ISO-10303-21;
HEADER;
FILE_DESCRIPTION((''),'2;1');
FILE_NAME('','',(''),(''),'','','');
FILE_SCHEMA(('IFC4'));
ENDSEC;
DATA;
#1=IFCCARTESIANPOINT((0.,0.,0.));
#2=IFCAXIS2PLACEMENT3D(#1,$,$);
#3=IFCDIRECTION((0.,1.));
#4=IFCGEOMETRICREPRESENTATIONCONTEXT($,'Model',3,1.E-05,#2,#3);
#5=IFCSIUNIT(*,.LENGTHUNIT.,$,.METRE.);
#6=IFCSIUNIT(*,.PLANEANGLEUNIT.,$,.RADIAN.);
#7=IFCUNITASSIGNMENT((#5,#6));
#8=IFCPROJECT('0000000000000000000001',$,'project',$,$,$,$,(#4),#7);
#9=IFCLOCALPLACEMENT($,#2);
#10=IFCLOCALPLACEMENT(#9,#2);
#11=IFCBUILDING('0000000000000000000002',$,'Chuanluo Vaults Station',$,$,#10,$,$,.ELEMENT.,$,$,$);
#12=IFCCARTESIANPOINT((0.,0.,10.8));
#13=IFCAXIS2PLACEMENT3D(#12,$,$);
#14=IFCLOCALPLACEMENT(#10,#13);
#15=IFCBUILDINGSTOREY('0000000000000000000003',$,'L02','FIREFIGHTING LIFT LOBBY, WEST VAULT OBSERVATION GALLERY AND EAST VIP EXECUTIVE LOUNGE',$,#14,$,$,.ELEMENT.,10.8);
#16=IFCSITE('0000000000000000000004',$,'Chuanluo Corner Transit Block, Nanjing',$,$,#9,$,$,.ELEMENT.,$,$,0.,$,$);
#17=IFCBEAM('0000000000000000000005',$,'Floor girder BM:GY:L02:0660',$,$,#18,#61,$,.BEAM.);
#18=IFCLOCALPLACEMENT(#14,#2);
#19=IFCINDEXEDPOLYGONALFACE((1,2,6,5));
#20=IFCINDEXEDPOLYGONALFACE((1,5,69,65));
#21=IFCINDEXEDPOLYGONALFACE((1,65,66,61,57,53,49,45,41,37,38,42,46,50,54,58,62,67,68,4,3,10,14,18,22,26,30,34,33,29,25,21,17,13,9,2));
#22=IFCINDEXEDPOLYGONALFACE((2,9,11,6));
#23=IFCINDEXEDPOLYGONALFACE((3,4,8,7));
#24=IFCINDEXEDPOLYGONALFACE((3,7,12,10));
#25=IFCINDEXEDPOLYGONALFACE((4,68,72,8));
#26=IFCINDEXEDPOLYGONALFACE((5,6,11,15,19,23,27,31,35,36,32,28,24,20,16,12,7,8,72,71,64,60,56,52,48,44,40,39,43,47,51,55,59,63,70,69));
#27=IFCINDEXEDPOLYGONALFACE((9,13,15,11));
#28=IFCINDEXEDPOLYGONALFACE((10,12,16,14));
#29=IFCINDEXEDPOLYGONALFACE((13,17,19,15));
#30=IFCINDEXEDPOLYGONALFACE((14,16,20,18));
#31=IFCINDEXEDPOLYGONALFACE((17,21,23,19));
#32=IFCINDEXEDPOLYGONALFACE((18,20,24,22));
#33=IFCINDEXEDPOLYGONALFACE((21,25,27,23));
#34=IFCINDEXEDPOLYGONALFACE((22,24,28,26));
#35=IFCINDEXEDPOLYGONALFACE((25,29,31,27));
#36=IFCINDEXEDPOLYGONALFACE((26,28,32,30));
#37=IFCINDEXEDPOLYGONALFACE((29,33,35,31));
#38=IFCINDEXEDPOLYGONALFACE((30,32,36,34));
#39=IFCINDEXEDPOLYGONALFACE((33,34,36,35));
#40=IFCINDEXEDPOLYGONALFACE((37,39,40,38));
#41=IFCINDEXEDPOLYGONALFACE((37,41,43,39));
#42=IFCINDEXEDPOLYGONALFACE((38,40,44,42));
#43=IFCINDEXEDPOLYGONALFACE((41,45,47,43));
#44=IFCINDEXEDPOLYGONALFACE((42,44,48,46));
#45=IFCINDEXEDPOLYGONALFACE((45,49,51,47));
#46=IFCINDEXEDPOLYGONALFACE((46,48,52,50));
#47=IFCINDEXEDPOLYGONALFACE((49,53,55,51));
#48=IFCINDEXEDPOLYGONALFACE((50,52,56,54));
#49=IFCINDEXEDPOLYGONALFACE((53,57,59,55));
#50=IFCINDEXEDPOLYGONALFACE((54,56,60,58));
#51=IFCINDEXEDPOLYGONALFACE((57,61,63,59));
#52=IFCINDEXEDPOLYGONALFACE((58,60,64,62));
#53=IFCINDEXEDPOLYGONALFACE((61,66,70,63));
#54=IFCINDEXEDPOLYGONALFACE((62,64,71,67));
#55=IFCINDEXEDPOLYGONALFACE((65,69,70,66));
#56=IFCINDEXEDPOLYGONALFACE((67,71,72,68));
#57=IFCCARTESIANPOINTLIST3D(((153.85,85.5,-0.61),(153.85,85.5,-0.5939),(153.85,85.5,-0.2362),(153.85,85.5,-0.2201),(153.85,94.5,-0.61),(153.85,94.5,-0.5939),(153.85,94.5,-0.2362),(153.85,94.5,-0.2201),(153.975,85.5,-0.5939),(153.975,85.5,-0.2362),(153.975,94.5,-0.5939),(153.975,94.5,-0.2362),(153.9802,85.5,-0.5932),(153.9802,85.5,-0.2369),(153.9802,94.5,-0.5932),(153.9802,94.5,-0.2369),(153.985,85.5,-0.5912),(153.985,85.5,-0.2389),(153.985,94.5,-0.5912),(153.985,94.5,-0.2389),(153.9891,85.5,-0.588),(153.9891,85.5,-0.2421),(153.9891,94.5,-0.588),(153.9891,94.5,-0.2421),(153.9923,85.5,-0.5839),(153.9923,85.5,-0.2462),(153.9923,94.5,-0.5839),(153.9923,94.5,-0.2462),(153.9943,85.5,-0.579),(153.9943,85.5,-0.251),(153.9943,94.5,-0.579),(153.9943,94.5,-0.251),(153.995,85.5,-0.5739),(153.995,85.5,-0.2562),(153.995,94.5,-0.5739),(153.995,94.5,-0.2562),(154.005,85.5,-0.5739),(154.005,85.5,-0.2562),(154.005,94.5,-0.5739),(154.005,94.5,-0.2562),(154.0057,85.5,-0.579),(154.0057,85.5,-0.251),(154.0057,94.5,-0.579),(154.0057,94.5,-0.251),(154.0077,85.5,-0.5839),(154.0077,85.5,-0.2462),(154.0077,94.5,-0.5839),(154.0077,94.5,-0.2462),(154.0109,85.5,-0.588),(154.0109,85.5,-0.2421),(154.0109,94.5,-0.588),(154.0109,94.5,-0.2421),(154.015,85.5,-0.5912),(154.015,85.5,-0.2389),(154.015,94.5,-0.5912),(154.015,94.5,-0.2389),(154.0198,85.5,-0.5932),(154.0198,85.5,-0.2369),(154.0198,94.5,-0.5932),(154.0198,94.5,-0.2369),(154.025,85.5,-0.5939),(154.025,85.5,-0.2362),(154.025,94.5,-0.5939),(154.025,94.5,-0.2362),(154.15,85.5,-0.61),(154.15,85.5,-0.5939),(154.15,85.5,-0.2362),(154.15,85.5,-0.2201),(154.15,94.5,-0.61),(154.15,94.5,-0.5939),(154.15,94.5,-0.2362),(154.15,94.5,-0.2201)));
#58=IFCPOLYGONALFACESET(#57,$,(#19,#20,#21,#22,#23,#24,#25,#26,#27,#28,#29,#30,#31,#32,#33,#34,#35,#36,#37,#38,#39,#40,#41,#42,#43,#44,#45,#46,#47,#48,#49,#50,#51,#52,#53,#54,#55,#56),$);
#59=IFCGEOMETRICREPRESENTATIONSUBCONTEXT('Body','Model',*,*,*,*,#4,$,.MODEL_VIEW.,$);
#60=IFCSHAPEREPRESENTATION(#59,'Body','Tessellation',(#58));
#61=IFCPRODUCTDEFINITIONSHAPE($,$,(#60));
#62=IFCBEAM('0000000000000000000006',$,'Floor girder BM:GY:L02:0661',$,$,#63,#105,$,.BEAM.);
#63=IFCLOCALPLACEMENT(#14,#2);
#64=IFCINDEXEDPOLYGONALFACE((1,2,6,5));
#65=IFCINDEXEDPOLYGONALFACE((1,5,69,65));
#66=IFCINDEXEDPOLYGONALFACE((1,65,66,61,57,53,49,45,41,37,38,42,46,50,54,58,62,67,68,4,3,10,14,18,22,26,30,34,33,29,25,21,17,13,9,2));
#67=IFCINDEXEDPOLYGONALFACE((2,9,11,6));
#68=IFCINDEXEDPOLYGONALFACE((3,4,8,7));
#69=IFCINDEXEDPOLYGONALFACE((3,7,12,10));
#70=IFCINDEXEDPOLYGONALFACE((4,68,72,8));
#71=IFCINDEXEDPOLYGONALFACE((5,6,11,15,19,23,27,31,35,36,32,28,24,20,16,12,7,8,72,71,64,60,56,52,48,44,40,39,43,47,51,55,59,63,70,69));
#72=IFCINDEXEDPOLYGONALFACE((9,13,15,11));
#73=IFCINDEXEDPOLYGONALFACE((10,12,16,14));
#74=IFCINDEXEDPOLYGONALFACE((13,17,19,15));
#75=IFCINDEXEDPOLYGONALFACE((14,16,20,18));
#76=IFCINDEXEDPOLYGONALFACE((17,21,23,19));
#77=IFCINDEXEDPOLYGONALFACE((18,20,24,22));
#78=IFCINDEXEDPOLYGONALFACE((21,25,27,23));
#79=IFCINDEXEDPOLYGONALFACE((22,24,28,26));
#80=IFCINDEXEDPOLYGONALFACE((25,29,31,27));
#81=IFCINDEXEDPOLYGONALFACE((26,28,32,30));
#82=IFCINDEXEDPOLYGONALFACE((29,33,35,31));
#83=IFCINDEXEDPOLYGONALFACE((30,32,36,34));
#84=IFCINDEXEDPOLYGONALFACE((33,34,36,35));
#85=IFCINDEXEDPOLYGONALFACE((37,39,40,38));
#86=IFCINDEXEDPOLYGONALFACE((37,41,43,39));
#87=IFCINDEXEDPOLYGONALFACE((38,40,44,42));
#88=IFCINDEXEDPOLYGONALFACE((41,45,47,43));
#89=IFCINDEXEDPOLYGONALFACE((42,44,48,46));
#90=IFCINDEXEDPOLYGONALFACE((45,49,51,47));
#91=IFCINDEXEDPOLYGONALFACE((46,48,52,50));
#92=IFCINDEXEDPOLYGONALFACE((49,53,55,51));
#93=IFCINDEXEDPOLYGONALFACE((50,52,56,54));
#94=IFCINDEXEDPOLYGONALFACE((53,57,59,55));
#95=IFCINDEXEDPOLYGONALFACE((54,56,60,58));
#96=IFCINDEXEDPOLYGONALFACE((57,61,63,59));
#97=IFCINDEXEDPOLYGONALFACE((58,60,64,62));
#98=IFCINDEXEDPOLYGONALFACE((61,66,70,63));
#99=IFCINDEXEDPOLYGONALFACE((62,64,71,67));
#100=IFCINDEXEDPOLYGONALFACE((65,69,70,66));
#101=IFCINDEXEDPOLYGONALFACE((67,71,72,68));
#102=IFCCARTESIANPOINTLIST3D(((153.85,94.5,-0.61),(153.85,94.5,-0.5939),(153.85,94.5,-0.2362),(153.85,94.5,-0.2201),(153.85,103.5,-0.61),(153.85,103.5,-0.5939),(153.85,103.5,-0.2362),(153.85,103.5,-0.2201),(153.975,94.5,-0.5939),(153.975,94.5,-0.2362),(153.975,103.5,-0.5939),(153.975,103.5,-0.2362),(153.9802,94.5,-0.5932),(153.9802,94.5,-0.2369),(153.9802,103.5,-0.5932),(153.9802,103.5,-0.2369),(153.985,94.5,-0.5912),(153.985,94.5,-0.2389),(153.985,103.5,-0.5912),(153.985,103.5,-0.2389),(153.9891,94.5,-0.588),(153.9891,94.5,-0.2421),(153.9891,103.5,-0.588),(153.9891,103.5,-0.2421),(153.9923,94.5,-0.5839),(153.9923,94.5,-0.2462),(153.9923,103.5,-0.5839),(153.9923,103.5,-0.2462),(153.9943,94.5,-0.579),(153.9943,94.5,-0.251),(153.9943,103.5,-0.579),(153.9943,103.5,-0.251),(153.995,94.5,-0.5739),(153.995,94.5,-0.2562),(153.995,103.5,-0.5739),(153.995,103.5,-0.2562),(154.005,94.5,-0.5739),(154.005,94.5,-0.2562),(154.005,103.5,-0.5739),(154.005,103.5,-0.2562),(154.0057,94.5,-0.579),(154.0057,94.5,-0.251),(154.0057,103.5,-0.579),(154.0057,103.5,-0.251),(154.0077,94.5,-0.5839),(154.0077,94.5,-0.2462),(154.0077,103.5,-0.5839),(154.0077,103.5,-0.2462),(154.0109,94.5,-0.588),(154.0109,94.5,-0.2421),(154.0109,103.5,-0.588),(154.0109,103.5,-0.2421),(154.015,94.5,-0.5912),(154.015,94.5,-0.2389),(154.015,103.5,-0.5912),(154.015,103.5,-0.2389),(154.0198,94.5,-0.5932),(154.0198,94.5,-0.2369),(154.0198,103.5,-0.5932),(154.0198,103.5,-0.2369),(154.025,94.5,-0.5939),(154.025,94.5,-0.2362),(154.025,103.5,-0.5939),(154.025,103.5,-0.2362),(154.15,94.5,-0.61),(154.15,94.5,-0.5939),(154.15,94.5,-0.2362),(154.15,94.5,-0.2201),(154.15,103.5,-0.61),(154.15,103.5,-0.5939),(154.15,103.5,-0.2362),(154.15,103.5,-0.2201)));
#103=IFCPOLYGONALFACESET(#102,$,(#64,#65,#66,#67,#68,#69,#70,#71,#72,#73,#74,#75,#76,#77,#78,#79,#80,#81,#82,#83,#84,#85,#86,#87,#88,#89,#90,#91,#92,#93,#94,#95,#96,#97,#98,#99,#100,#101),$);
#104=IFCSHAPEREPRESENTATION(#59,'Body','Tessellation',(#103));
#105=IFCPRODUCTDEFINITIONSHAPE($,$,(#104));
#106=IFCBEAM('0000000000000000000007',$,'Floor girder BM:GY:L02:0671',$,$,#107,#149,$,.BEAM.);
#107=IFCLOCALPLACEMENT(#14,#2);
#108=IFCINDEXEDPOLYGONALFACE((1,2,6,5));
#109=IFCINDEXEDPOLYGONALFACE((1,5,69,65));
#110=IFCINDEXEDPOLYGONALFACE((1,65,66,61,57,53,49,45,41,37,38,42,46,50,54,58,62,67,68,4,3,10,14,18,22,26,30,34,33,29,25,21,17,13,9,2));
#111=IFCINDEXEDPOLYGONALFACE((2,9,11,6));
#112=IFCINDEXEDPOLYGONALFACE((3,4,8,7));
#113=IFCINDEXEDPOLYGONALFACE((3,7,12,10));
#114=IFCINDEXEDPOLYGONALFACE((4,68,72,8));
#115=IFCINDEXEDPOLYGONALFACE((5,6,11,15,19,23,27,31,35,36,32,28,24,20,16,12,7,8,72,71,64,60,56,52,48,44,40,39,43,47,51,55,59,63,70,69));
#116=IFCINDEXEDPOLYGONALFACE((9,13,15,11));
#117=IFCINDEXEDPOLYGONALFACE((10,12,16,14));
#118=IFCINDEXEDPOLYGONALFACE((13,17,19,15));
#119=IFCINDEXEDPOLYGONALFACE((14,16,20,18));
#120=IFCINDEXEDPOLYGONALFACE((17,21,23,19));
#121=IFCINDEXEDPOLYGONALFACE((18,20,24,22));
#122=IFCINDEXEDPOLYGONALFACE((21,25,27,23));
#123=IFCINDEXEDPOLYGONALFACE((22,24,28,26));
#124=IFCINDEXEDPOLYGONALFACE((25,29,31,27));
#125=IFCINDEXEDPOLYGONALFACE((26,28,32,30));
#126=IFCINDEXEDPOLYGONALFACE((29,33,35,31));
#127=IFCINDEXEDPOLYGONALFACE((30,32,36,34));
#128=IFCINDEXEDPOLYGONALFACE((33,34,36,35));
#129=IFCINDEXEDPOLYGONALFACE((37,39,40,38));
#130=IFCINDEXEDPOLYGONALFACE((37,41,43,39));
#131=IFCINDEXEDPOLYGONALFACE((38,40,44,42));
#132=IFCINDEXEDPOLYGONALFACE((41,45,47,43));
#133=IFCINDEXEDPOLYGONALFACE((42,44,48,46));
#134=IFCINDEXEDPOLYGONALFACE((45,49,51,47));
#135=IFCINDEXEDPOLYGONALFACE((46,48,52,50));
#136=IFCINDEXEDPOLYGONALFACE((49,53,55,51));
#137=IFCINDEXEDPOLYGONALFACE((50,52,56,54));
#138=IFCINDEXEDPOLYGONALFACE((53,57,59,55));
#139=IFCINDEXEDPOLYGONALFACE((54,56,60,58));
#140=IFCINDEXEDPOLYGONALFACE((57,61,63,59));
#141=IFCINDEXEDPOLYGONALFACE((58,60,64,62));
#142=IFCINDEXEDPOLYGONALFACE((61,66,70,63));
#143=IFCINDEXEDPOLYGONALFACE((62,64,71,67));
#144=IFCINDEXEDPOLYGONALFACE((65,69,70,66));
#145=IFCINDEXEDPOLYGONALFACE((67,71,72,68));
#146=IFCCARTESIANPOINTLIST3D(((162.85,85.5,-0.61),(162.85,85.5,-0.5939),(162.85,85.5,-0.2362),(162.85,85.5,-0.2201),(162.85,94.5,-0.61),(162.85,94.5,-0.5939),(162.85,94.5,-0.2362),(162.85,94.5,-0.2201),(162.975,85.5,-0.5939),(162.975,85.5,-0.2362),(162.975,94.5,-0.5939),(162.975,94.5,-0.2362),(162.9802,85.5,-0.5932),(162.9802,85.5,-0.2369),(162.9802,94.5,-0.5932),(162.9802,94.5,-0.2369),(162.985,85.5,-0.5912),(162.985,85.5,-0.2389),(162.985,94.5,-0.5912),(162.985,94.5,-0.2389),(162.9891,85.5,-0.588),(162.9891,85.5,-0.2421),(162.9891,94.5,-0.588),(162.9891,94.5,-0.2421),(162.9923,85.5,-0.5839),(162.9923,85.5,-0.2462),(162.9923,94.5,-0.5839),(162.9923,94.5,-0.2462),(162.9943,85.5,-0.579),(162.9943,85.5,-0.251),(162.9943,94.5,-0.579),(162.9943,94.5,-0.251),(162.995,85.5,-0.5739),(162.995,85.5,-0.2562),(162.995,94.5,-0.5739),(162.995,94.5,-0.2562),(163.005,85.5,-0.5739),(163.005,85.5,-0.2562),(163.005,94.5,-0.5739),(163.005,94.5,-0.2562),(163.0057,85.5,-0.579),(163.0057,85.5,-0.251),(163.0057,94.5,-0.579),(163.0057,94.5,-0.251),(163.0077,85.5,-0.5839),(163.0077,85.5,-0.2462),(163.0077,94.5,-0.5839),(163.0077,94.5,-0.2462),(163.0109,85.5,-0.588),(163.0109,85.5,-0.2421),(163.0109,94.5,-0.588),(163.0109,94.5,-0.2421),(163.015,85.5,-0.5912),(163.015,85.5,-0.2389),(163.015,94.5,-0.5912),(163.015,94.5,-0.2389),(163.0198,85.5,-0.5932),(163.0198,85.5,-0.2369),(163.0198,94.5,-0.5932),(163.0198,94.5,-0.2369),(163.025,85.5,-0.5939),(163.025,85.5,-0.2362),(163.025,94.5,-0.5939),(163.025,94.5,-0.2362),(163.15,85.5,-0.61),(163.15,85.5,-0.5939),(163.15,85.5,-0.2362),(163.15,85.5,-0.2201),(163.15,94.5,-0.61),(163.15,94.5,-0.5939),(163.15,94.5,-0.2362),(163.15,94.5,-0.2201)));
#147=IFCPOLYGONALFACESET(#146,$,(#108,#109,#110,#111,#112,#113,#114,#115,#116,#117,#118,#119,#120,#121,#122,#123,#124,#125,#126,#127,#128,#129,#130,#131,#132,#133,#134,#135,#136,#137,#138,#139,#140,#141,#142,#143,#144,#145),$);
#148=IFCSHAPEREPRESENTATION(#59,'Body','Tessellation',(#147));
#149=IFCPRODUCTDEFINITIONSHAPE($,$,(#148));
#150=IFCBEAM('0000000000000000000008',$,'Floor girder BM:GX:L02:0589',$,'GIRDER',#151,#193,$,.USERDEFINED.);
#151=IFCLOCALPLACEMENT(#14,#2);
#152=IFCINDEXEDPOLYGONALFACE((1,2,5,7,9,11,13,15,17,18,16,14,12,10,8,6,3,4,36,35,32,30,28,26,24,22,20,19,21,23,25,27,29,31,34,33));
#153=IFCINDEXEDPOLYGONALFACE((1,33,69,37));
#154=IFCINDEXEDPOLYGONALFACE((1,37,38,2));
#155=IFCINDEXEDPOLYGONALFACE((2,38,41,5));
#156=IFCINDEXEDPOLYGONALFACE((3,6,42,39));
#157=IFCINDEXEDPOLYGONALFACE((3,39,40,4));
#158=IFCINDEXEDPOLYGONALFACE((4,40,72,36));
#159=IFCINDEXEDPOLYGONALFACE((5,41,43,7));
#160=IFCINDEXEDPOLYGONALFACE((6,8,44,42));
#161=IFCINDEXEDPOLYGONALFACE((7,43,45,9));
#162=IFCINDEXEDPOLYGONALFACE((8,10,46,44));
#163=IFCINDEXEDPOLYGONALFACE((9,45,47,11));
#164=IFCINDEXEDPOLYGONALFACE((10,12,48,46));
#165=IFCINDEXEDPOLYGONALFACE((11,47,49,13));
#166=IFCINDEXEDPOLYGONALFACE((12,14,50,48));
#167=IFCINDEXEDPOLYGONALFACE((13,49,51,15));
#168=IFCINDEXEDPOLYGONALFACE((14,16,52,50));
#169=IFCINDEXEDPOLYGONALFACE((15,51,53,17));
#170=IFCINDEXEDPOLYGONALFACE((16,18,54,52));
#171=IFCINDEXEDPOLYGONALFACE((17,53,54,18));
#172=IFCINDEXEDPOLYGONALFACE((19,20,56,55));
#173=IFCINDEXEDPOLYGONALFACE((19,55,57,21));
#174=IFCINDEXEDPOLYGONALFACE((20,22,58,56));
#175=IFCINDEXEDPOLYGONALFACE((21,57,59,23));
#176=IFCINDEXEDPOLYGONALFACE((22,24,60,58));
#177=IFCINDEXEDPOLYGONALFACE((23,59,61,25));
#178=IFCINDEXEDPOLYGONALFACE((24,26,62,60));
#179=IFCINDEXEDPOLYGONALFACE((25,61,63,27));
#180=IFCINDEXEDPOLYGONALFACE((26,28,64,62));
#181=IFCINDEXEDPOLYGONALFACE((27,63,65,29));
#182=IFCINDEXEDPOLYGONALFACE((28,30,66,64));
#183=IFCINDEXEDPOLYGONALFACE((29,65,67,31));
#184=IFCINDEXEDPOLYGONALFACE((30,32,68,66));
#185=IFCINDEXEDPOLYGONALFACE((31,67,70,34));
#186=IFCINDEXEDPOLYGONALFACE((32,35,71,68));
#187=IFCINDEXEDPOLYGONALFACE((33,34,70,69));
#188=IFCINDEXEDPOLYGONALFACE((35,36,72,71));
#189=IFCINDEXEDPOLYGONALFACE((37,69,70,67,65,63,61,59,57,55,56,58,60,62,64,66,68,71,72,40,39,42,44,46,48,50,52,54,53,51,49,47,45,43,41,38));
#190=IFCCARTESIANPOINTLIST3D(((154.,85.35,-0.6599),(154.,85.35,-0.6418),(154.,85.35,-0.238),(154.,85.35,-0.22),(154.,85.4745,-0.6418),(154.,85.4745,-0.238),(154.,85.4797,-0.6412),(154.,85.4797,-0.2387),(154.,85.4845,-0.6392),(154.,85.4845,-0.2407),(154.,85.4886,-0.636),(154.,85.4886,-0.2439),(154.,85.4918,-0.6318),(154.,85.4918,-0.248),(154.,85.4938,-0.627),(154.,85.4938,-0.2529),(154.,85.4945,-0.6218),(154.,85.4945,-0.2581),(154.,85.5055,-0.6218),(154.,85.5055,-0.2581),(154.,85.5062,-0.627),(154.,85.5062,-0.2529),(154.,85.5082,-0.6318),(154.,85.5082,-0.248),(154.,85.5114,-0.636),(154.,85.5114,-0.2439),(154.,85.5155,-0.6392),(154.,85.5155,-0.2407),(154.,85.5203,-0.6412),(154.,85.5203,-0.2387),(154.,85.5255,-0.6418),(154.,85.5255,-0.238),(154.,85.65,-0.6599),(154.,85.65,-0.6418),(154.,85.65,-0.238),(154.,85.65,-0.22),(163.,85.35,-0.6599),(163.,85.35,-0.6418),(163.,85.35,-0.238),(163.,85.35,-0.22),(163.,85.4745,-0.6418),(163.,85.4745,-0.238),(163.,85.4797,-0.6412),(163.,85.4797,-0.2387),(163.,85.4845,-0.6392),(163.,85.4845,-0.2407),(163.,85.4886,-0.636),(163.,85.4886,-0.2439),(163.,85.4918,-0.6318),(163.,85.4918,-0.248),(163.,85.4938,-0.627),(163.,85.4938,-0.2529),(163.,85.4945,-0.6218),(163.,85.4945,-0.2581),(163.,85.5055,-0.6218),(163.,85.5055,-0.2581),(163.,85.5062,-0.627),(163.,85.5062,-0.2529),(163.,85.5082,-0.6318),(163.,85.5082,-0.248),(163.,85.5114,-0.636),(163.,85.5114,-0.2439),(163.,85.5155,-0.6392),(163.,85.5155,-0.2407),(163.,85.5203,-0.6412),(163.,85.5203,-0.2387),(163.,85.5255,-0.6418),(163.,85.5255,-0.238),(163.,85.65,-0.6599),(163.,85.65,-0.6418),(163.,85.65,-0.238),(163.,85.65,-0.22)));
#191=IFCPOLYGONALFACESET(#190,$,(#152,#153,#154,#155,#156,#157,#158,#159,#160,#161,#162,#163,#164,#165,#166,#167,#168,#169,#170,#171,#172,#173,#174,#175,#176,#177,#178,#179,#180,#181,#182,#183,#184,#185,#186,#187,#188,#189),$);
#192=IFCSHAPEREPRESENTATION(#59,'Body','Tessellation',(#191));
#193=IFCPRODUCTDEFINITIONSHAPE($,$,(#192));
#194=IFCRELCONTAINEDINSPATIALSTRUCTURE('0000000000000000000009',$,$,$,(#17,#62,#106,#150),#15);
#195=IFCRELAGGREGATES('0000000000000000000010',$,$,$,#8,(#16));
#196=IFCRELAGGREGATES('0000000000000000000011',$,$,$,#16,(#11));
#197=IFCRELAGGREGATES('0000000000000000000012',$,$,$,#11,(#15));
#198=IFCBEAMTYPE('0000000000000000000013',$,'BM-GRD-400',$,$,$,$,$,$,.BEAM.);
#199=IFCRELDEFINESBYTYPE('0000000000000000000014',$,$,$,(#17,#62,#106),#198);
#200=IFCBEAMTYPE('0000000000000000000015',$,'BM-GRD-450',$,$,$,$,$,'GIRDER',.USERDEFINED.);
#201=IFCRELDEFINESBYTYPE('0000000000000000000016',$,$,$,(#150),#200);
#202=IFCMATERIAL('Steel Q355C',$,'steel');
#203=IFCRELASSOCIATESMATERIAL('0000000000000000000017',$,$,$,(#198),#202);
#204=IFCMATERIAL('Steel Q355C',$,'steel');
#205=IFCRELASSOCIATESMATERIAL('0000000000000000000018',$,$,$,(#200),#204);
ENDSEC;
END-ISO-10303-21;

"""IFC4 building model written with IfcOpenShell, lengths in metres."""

from ifc_helpers import new_model, si_unit, direction, frame, origin, origin_2d, place, context, subcontext, project, spatial, i_section, extrude, material, material_profile, profile_set, type_object, element, save


model = new_model("IFC4")

# Units and contexts
model_context = context("Model", 3, precision=1e-05, world=origin(), true_north=direction((0.0, 1.0)))
body_context = subcontext(model_context, "Body", "Model", "MODEL_VIEW")
ifc_project = project(units=[si_unit("LENGTHUNIT", "METRE"), si_unit("PLANEANGLEUNIT", "RADIAN")], contexts=[model_context])

# Site, building, storey
site_placement = place(None, origin())
site = spatial("IfcSite", under=ifc_project, at=site_placement, Name="Chuanluo Corner Transit Block, Nanjing", CompositionType="ELEMENT", RefElevation=0.0)
building_placement = place(site_placement, origin())
building = spatial("IfcBuilding", under=site, at=building_placement, Name="Chuanluo Vaults Station", CompositionType="ELEMENT")
storey_placement = place(building_placement, frame((0.0, 0.0, 10.8)))
storey = spatial("IfcBuildingStorey", under=building, at=storey_placement, Name="L02", Description="FIREFIGHTING LIFT LOBBY, WEST VAULT OBSERVATION GALLERY AND EAST VIP EXECUTIVE LOUNGE", CompositionType="ELEMENT", Elevation=10.8)

# Beams
ifc_material_1 = material(Name="Steel Q355C", Category="steel")
ifc_material_profile_1 = material_profile(ifc_material_1, i_section(OverallWidth=0.3, OverallDepth=0.3899, WebThickness=0.01, FlangeThickness=0.0161, FilletRadius=0.02, at=origin_2d()))
ifc_profile_set_1 = profile_set([ifc_material_profile_1], Name="Steel Q355C")
beam_type_1 = type_object("IfcBeamType", Name="BM-GRD-400", PredefinedType="BEAM", material=ifc_profile_set_1)
for number, where, z_axis, x_axis, name in (
    (1, (154.0, 85.5, -0.415), (0.0, 1.0, 0.0), (-1.0, 0.0, 0.0), "Floor girder BM:GY:L02:0660"),
    (2, (154.0, 94.5, -0.415), (0.0, 1.0, 0.0), (-1.0, 0.0, 0.0), "Floor girder BM:GY:L02:0661"),
    (3, (163.0, 85.5, -0.415), (0.0, 1.0, 0.0), (-1.0, 0.0, 0.0), "Floor girder BM:GY:L02:0671"),
):
    element("IfcBeam", number, at=place(storey_placement, frame(where, z_axis=z_axis, x_axis=x_axis)), inside=storey, type_object=beam_type_1, Name=name, PredefinedType="BEAM", context=body_context, shape_type="SweptSolid", body=[
        extrude(i_section(OverallWidth=0.3, OverallDepth=0.3899, WebThickness=0.01, FlangeThickness=0.0161, FilletRadius=0.02, at=origin_2d()), origin(), (0.0, 0.0, 1.0), 9.0),
    ])
ifc_material_2 = material(Name="Steel Q355C", Category="steel")
ifc_material_profile_2 = material_profile(ifc_material_2, i_section(OverallWidth=0.3, OverallDepth=0.4399, WebThickness=0.011, FlangeThickness=0.0181, FilletRadius=0.02, at=origin_2d()))
ifc_profile_set_2 = profile_set([ifc_material_profile_2], Name="Steel Q355C")
beam_type_2 = type_object("IfcBeamType", Name="BM-GRD-450", ElementType="GIRDER", PredefinedType="USERDEFINED", material=ifc_profile_set_2)
for number, where, z_axis, x_axis, name in (
    (4, (154.0, 85.5, -0.4399), (1.0, 0.0, 0.0), (0.0, 1.0, 0.0), "Floor girder BM:GX:L02:0589"),
):
    element("IfcBeam", number, at=place(storey_placement, frame(where, z_axis=z_axis, x_axis=x_axis)), inside=storey, type_object=beam_type_2, Name=name, ObjectType="GIRDER", PredefinedType="USERDEFINED", context=body_context, shape_type="SweptSolid", body=[
        extrude(i_section(OverallWidth=0.3, OverallDepth=0.4399, WebThickness=0.011, FlangeThickness=0.0181, FilletRadius=0.02, at=origin_2d()), origin(), (0.0, 0.0, 1.0), 9.0),
    ])

save(model, "model.ifc")
